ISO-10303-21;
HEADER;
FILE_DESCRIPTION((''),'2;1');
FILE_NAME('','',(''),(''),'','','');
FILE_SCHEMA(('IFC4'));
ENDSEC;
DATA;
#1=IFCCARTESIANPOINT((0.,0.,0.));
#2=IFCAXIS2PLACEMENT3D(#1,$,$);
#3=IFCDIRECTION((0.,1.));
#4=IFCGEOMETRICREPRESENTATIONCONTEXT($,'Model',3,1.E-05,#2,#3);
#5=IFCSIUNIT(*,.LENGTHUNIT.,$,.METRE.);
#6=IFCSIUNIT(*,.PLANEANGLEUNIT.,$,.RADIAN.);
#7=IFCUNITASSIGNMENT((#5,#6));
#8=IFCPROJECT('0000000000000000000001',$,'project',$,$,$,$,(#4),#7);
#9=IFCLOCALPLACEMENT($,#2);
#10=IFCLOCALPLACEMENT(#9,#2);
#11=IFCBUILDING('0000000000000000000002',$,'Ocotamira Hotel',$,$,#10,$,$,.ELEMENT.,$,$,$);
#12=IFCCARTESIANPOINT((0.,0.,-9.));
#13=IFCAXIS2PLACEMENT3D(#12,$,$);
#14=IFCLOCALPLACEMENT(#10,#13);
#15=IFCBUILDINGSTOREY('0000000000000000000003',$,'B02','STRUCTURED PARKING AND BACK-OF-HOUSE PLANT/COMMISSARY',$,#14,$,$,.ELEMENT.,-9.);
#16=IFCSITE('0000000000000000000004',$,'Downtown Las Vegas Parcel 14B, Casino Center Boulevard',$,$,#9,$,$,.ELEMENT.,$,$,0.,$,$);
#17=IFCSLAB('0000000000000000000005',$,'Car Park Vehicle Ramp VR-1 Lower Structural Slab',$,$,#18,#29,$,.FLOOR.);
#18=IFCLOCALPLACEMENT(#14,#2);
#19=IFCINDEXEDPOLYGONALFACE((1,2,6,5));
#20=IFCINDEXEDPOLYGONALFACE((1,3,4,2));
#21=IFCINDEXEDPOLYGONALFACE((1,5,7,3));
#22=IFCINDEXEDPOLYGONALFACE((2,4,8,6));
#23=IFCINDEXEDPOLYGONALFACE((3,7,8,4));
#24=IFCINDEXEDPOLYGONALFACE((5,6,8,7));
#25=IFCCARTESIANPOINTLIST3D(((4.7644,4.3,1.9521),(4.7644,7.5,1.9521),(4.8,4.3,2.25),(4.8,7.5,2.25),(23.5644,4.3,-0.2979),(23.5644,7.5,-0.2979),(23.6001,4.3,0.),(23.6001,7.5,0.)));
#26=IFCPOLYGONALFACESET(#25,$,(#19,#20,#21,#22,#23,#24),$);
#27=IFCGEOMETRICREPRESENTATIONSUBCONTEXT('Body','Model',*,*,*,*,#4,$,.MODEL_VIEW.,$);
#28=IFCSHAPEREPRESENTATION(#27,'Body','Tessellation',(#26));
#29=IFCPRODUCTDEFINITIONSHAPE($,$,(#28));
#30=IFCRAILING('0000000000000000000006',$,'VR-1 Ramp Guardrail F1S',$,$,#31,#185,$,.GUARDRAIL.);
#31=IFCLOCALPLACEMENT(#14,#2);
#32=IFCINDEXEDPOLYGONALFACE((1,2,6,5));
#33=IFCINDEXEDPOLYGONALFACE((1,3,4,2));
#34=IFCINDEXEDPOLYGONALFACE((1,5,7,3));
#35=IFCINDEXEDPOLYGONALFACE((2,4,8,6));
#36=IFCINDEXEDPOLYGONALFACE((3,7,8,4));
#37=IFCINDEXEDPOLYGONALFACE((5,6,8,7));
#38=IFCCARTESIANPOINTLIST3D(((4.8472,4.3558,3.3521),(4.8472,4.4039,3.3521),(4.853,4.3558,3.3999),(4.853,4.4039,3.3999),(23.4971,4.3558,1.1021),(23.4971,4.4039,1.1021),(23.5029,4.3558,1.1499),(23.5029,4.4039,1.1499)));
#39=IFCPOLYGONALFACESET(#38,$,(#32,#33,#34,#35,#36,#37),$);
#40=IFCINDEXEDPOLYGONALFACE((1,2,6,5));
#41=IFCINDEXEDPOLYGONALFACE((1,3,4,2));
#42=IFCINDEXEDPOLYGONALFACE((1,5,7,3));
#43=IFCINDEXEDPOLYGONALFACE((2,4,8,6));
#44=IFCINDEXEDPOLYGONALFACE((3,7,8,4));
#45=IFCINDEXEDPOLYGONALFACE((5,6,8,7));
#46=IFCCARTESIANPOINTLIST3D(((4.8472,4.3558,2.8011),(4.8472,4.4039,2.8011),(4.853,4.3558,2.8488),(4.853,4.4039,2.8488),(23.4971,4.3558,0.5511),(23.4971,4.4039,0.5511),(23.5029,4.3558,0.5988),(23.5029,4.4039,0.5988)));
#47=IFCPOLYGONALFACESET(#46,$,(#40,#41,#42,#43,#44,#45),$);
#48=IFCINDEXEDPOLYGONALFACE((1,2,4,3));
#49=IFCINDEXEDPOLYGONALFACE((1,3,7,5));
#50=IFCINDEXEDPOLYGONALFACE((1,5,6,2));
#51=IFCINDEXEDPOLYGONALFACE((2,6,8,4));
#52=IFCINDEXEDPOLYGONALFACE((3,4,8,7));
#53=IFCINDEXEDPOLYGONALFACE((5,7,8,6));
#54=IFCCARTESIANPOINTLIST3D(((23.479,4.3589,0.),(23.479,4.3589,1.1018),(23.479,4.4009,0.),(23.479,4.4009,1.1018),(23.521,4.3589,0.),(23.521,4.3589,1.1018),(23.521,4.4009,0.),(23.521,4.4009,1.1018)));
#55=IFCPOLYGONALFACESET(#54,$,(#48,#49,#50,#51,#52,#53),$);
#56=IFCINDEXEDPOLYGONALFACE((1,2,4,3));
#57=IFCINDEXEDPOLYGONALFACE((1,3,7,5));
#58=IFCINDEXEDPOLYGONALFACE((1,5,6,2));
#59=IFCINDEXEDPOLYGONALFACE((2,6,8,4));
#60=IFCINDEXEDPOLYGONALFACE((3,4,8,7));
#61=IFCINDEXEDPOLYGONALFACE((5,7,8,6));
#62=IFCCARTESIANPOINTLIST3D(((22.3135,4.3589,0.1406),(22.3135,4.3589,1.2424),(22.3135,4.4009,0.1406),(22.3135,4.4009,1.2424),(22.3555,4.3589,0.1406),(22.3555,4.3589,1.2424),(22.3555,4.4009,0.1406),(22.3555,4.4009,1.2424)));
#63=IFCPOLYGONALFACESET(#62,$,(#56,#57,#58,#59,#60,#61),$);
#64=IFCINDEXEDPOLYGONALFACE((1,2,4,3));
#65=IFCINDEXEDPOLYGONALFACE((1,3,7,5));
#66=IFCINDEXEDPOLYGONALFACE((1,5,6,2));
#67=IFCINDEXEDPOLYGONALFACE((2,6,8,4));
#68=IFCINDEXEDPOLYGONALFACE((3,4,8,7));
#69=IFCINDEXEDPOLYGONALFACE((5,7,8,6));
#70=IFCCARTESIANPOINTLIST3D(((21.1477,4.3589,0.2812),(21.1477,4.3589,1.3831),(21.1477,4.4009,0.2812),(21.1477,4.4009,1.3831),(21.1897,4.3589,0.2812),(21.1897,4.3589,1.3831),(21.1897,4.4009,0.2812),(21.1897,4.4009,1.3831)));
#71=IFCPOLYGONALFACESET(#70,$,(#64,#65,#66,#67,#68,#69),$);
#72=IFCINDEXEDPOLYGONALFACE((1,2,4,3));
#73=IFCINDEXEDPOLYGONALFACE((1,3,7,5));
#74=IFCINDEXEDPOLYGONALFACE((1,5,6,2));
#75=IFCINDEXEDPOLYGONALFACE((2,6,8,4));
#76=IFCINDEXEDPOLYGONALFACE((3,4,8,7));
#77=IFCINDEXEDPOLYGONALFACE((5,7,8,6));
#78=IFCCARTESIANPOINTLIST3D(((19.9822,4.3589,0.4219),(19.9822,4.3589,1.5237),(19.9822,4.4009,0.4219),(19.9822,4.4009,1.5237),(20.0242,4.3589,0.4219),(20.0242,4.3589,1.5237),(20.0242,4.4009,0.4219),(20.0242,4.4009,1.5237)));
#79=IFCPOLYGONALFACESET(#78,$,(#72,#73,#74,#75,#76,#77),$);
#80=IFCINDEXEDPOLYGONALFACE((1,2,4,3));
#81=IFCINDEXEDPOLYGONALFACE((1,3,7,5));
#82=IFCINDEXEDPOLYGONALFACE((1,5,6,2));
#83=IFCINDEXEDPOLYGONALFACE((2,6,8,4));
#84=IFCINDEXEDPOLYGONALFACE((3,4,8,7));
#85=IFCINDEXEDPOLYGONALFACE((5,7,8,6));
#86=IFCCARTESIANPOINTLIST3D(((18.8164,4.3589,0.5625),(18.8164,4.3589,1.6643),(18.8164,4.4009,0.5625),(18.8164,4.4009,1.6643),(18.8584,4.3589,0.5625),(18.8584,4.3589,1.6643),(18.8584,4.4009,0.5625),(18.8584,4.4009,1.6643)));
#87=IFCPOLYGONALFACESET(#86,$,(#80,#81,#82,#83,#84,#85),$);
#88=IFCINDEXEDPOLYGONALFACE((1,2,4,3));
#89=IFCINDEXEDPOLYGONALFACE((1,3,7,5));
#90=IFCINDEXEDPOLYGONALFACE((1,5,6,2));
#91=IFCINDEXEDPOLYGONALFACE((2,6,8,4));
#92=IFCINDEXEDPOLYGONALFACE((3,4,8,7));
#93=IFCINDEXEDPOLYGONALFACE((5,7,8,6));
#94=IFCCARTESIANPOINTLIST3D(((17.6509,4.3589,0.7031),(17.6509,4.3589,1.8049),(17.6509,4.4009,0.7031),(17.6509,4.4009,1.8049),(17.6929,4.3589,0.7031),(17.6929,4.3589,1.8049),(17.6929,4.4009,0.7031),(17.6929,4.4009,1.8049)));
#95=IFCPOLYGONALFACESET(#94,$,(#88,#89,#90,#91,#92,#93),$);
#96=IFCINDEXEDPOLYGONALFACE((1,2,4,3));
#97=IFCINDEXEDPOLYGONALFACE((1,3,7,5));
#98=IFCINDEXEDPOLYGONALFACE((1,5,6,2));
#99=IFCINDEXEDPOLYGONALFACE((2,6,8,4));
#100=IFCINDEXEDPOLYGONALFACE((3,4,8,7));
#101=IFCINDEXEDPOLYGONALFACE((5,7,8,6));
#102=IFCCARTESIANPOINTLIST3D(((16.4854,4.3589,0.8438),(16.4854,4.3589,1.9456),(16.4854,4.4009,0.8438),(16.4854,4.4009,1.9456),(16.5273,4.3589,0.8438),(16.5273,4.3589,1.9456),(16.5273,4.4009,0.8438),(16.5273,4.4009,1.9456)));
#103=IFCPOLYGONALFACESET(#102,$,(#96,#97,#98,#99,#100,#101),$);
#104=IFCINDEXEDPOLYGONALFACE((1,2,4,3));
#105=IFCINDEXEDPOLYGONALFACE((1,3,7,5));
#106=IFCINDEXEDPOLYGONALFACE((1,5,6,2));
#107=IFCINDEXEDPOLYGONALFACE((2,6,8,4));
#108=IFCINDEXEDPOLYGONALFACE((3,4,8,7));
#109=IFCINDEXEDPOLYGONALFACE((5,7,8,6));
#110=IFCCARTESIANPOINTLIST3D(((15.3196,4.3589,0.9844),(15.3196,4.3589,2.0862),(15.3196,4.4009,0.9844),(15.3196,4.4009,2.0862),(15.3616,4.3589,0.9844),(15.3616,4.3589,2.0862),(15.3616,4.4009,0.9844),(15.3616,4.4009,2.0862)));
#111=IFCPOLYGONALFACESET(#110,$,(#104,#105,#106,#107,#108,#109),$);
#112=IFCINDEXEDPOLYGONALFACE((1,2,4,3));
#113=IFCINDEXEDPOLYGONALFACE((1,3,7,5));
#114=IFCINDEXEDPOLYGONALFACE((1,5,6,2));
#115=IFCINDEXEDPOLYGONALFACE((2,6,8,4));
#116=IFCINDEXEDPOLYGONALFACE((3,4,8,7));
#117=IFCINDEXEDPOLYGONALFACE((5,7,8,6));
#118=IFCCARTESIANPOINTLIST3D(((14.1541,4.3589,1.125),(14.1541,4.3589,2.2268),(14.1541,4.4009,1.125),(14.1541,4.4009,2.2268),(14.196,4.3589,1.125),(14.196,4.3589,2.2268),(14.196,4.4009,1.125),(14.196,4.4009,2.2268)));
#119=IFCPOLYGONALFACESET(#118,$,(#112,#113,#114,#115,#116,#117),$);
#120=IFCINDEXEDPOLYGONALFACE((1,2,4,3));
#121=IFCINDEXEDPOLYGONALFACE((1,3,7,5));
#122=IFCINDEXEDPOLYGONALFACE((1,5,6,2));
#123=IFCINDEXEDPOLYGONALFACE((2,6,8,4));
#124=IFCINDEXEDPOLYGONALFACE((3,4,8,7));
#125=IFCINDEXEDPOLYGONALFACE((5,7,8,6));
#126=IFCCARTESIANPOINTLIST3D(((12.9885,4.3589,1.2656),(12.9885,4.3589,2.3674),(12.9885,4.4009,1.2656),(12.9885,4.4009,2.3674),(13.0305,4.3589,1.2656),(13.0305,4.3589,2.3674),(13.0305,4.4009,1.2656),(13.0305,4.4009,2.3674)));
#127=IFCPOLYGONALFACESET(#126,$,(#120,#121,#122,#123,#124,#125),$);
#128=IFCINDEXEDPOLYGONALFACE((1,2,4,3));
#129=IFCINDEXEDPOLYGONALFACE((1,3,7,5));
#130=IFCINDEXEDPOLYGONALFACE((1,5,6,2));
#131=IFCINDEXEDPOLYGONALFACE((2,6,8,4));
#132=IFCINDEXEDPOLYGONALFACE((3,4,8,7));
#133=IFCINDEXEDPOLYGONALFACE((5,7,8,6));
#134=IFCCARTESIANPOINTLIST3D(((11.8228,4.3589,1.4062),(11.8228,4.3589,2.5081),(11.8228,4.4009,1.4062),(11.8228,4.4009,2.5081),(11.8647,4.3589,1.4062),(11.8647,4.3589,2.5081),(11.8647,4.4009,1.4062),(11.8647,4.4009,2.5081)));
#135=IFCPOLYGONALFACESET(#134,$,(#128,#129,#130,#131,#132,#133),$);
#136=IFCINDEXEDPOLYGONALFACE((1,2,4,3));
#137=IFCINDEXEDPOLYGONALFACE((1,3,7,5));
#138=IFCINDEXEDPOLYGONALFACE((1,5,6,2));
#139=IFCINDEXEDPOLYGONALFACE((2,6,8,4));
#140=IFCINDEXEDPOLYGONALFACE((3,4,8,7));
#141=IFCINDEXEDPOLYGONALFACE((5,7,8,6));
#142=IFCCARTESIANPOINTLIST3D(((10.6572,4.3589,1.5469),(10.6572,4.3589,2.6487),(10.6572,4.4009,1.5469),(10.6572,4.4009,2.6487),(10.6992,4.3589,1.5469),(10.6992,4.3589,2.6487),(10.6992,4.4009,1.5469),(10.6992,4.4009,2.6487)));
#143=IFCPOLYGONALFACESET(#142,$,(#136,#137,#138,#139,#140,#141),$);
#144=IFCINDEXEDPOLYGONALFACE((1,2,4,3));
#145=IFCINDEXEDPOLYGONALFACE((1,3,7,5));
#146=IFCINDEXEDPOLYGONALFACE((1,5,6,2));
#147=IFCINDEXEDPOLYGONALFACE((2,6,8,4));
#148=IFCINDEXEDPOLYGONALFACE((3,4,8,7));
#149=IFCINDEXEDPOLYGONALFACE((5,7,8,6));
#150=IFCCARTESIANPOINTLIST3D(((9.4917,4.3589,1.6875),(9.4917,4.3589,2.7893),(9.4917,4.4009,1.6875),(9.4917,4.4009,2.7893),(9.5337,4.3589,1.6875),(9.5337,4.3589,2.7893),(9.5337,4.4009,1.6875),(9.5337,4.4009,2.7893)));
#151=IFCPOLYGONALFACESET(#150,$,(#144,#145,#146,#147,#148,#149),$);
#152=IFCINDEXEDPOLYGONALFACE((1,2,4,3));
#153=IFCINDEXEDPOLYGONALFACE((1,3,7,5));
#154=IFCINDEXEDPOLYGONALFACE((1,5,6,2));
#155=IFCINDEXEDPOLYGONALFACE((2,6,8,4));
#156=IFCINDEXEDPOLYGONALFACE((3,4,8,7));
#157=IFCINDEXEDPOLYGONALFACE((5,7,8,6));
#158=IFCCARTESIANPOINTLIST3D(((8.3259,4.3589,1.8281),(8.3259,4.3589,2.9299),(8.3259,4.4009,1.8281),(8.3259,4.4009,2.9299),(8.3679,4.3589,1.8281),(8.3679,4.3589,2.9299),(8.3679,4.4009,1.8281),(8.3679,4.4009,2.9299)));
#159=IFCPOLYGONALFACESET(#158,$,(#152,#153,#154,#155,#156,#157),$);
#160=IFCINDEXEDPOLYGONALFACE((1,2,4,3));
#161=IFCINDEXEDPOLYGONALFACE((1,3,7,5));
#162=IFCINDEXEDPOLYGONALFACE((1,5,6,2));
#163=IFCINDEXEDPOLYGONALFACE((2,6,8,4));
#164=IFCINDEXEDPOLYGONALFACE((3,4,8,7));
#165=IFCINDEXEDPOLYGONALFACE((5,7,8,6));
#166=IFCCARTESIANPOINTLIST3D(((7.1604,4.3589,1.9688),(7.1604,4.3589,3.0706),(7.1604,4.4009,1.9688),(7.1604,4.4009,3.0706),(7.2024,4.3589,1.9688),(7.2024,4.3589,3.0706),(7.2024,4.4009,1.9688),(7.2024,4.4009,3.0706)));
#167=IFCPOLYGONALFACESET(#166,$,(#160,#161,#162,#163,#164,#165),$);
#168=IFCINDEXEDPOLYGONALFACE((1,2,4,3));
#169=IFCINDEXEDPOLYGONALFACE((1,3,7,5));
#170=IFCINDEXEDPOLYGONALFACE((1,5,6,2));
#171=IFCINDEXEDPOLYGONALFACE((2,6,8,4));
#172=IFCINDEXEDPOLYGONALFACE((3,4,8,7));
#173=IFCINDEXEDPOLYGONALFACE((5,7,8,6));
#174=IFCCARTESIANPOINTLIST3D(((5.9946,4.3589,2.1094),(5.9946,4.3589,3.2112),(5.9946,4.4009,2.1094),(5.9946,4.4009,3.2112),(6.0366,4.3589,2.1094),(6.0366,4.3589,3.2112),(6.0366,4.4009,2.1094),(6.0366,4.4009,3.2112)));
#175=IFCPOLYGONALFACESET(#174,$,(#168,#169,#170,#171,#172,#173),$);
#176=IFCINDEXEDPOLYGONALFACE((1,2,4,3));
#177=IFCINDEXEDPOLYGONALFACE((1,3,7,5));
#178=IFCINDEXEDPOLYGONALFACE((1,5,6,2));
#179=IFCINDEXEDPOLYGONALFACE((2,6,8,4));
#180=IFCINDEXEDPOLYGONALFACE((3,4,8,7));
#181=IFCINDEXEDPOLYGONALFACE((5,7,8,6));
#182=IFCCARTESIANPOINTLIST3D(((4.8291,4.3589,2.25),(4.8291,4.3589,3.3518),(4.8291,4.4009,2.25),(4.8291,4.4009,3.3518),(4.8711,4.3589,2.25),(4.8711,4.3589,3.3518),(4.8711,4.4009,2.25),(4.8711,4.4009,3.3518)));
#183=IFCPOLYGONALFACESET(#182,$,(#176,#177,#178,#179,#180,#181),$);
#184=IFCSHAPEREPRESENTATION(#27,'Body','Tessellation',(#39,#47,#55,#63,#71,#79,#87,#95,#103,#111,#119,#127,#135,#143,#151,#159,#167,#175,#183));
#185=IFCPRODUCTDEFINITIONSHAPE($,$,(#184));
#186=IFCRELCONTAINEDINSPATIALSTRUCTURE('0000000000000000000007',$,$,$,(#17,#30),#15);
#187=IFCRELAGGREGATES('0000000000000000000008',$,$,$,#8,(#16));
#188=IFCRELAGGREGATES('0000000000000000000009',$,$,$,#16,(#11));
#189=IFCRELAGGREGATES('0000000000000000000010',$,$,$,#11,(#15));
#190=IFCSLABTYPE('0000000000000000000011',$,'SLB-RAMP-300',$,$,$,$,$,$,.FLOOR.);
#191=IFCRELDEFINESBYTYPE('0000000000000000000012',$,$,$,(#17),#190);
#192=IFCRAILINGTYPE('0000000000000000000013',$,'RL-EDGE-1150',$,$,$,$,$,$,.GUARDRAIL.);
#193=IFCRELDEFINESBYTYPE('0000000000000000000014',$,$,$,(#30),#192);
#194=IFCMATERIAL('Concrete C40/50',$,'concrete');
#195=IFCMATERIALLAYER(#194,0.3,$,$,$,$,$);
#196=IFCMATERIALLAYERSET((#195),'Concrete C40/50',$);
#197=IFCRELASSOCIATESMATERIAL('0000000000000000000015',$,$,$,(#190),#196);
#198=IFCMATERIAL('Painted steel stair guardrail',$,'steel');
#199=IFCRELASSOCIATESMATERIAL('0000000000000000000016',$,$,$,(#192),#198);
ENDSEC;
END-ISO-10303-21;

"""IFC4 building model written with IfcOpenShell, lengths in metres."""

from ifc_helpers import new_model, si_unit, direction, frame, origin, origin_2d, place, context, subcontext, project, spatial, polyline, rectangle, outline, extrude, material, layer, layer_set, type_object, element, save


model = new_model("IFC4")

# Units and contexts
model_context = context("Model", 3, precision=1e-05, world=origin(), true_north=direction((0.0, 1.0)))
body_context = subcontext(model_context, "Body", "Model", "MODEL_VIEW")
ifc_project = project(units=[si_unit("LENGTHUNIT", "METRE"), si_unit("PLANEANGLEUNIT", "RADIAN")], contexts=[model_context])

# Site, building, storey
site_placement = place(None, origin())
site = spatial("IfcSite", under=ifc_project, at=site_placement, Name="Downtown Las Vegas Parcel 14B, Casino Center Boulevard", CompositionType="ELEMENT", RefElevation=0.0)
building_placement = place(site_placement, origin())
building = spatial("IfcBuilding", under=site, at=building_placement, Name="Ocotamira Hotel", CompositionType="ELEMENT")
storey_placement = place(building_placement, frame((0.0, 0.0, -9.0)))
storey = spatial("IfcBuildingStorey", under=building, at=storey_placement, Name="B02", Description="STRUCTURED PARKING AND BACK-OF-HOUSE PLANT/COMMISSARY", CompositionType="ELEMENT", Elevation=-9.0)

# Slab
ifc_material_1 = material(Name="Concrete C40/50", Category="concrete")
ifc_layer = layer(ifc_material_1, 0.3)
ifc_layer_set = layer_set([ifc_layer], Name="Concrete C40/50")
slab_type = type_object("IfcSlabType", Name="SLB-RAMP-300", PredefinedType="FLOOR", material=ifc_layer_set)
slab_placement = place(storey_placement, frame((23.6001, 4.3, 0.0), z_axis=(0.118833, 0.0, 0.992914), x_axis=(-0.992914, 0.0, 0.118833)))
element("IfcSlab", 1, at=slab_placement, inside=storey, type_object=slab_type, Name="Car Park Vehicle Ramp VR-1 Lower Structural Slab", PredefinedType="FLOOR", context=body_context, shape_type="SweptSolid", body=[
    extrude(outline(polyline([(0.0, 0.0), (18.9342, 0.0), (18.9342, -3.2), (0.0, -3.2), (0.0, 0.0)])), origin(), (0.0, 0.0, -1.0), 0.3),
])

# Railing
ifc_material_2 = material(Name="Painted steel stair guardrail", Category="steel")
railing_type = type_object("IfcRailingType", Name="RL-EDGE-1150", PredefinedType="GUARDRAIL", material=ifc_material_2)
railing_1_placement = place(storey_placement, frame((23.5, 4.3799, 0.0)))
element("IfcRailing", 2, at=railing_1_placement, inside=storey, type_object=railing_type, Name="VR-1 Ramp Guardrail F1S", PredefinedType="GUARDRAIL", context=body_context, shape_type="SweptSolid", body=[
    extrude(rectangle(XDim=0.0481, YDim=0.0481, at=origin_2d()), frame((0.0, 0.0, 1.126), z_axis=(-0.992801, 0.0, 0.119776), x_axis=(0.0, -1.0, 0.0)), (0.0, 0.0, 1.0), 18.7852),
    extrude(rectangle(XDim=0.0481, YDim=0.0481, at=origin_2d()), frame((0.0, 0.0, 0.575), z_axis=(-0.992801, 0.0, 0.119776), x_axis=(0.0, -1.0, 0.0)), (0.0, 0.0, 1.0), 18.7852),
    extrude(rectangle(XDim=0.042, YDim=0.042, at=origin_2d()), origin(), (0.0, 0.0, 1.0), 1.1018),
    extrude(rectangle(XDim=0.042, YDim=0.042, at=origin_2d()), frame((-1.1655, 0.0, 0.1406)), (0.0, 0.0, 1.0), 1.1018),
    extrude(rectangle(XDim=0.042, YDim=0.042, at=origin_2d()), frame((-2.3313, 0.0, 0.2812)), (0.0, 0.0, 1.0), 1.1018),
    extrude(rectangle(XDim=0.042, YDim=0.042, at=origin_2d()), frame((-3.4968, 0.0, 0.4219)), (0.0, 0.0, 1.0), 1.1018),
    extrude(rectangle(XDim=0.042, YDim=0.042, at=origin_2d()), frame((-4.6626, 0.0, 0.5625)), (0.0, 0.0, 1.0), 1.1018),
    extrude(rectangle(XDim=0.042, YDim=0.042, at=origin_2d()), frame((-5.8281, 0.0, 0.7031)), (0.0, 0.0, 1.0), 1.1018),
    extrude(rectangle(XDim=0.042, YDim=0.042, at=origin_2d()), frame((-6.9937, 0.0, 0.8438)), (0.0, 0.0, 1.0), 1.1018),
    extrude(rectangle(XDim=0.042, YDim=0.042, at=origin_2d()), frame((-8.1594, 0.0, 0.9844)), (0.0, 0.0, 1.0), 1.1018),
    extrude(rectangle(XDim=0.042, YDim=0.042, at=origin_2d()), frame((-9.325, 0.0, 1.125)), (0.0, 0.0, 1.0), 1.1018),
    extrude(rectangle(XDim=0.042, YDim=0.042, at=origin_2d()), frame((-10.4905, 0.0, 1.2656)), (0.0, 0.0, 1.0), 1.1018),
    extrude(rectangle(XDim=0.042, YDim=0.042, at=origin_2d()), frame((-11.6562, 0.0, 1.4062)), (0.0, 0.0, 1.0), 1.1018),
    extrude(rectangle(XDim=0.042, YDim=0.042, at=origin_2d()), frame((-12.8218, 0.0, 1.5469)), (0.0, 0.0, 1.0), 1.1018),
    extrude(rectangle(XDim=0.042, YDim=0.042, at=origin_2d()), frame((-13.9873, 0.0, 1.6875)), (0.0, 0.0, 1.0), 1.1018),
    extrude(rectangle(XDim=0.042, YDim=0.042, at=origin_2d()), frame((-15.1531, 0.0, 1.8281)), (0.0, 0.0, 1.0), 1.1018),
    extrude(rectangle(XDim=0.042, YDim=0.042, at=origin_2d()), frame((-16.3186, 0.0, 1.9688)), (0.0, 0.0, 1.0), 1.1018),
    extrude(rectangle(XDim=0.042, YDim=0.042, at=origin_2d()), frame((-17.4844, 0.0, 2.1094)), (0.0, 0.0, 1.0), 1.1018),
    extrude(rectangle(XDim=0.042, YDim=0.042, at=origin_2d()), frame((-18.6499, 0.0, 2.25)), (0.0, 0.0, 1.0), 1.1018),
])

save(model, "model.ifc")
